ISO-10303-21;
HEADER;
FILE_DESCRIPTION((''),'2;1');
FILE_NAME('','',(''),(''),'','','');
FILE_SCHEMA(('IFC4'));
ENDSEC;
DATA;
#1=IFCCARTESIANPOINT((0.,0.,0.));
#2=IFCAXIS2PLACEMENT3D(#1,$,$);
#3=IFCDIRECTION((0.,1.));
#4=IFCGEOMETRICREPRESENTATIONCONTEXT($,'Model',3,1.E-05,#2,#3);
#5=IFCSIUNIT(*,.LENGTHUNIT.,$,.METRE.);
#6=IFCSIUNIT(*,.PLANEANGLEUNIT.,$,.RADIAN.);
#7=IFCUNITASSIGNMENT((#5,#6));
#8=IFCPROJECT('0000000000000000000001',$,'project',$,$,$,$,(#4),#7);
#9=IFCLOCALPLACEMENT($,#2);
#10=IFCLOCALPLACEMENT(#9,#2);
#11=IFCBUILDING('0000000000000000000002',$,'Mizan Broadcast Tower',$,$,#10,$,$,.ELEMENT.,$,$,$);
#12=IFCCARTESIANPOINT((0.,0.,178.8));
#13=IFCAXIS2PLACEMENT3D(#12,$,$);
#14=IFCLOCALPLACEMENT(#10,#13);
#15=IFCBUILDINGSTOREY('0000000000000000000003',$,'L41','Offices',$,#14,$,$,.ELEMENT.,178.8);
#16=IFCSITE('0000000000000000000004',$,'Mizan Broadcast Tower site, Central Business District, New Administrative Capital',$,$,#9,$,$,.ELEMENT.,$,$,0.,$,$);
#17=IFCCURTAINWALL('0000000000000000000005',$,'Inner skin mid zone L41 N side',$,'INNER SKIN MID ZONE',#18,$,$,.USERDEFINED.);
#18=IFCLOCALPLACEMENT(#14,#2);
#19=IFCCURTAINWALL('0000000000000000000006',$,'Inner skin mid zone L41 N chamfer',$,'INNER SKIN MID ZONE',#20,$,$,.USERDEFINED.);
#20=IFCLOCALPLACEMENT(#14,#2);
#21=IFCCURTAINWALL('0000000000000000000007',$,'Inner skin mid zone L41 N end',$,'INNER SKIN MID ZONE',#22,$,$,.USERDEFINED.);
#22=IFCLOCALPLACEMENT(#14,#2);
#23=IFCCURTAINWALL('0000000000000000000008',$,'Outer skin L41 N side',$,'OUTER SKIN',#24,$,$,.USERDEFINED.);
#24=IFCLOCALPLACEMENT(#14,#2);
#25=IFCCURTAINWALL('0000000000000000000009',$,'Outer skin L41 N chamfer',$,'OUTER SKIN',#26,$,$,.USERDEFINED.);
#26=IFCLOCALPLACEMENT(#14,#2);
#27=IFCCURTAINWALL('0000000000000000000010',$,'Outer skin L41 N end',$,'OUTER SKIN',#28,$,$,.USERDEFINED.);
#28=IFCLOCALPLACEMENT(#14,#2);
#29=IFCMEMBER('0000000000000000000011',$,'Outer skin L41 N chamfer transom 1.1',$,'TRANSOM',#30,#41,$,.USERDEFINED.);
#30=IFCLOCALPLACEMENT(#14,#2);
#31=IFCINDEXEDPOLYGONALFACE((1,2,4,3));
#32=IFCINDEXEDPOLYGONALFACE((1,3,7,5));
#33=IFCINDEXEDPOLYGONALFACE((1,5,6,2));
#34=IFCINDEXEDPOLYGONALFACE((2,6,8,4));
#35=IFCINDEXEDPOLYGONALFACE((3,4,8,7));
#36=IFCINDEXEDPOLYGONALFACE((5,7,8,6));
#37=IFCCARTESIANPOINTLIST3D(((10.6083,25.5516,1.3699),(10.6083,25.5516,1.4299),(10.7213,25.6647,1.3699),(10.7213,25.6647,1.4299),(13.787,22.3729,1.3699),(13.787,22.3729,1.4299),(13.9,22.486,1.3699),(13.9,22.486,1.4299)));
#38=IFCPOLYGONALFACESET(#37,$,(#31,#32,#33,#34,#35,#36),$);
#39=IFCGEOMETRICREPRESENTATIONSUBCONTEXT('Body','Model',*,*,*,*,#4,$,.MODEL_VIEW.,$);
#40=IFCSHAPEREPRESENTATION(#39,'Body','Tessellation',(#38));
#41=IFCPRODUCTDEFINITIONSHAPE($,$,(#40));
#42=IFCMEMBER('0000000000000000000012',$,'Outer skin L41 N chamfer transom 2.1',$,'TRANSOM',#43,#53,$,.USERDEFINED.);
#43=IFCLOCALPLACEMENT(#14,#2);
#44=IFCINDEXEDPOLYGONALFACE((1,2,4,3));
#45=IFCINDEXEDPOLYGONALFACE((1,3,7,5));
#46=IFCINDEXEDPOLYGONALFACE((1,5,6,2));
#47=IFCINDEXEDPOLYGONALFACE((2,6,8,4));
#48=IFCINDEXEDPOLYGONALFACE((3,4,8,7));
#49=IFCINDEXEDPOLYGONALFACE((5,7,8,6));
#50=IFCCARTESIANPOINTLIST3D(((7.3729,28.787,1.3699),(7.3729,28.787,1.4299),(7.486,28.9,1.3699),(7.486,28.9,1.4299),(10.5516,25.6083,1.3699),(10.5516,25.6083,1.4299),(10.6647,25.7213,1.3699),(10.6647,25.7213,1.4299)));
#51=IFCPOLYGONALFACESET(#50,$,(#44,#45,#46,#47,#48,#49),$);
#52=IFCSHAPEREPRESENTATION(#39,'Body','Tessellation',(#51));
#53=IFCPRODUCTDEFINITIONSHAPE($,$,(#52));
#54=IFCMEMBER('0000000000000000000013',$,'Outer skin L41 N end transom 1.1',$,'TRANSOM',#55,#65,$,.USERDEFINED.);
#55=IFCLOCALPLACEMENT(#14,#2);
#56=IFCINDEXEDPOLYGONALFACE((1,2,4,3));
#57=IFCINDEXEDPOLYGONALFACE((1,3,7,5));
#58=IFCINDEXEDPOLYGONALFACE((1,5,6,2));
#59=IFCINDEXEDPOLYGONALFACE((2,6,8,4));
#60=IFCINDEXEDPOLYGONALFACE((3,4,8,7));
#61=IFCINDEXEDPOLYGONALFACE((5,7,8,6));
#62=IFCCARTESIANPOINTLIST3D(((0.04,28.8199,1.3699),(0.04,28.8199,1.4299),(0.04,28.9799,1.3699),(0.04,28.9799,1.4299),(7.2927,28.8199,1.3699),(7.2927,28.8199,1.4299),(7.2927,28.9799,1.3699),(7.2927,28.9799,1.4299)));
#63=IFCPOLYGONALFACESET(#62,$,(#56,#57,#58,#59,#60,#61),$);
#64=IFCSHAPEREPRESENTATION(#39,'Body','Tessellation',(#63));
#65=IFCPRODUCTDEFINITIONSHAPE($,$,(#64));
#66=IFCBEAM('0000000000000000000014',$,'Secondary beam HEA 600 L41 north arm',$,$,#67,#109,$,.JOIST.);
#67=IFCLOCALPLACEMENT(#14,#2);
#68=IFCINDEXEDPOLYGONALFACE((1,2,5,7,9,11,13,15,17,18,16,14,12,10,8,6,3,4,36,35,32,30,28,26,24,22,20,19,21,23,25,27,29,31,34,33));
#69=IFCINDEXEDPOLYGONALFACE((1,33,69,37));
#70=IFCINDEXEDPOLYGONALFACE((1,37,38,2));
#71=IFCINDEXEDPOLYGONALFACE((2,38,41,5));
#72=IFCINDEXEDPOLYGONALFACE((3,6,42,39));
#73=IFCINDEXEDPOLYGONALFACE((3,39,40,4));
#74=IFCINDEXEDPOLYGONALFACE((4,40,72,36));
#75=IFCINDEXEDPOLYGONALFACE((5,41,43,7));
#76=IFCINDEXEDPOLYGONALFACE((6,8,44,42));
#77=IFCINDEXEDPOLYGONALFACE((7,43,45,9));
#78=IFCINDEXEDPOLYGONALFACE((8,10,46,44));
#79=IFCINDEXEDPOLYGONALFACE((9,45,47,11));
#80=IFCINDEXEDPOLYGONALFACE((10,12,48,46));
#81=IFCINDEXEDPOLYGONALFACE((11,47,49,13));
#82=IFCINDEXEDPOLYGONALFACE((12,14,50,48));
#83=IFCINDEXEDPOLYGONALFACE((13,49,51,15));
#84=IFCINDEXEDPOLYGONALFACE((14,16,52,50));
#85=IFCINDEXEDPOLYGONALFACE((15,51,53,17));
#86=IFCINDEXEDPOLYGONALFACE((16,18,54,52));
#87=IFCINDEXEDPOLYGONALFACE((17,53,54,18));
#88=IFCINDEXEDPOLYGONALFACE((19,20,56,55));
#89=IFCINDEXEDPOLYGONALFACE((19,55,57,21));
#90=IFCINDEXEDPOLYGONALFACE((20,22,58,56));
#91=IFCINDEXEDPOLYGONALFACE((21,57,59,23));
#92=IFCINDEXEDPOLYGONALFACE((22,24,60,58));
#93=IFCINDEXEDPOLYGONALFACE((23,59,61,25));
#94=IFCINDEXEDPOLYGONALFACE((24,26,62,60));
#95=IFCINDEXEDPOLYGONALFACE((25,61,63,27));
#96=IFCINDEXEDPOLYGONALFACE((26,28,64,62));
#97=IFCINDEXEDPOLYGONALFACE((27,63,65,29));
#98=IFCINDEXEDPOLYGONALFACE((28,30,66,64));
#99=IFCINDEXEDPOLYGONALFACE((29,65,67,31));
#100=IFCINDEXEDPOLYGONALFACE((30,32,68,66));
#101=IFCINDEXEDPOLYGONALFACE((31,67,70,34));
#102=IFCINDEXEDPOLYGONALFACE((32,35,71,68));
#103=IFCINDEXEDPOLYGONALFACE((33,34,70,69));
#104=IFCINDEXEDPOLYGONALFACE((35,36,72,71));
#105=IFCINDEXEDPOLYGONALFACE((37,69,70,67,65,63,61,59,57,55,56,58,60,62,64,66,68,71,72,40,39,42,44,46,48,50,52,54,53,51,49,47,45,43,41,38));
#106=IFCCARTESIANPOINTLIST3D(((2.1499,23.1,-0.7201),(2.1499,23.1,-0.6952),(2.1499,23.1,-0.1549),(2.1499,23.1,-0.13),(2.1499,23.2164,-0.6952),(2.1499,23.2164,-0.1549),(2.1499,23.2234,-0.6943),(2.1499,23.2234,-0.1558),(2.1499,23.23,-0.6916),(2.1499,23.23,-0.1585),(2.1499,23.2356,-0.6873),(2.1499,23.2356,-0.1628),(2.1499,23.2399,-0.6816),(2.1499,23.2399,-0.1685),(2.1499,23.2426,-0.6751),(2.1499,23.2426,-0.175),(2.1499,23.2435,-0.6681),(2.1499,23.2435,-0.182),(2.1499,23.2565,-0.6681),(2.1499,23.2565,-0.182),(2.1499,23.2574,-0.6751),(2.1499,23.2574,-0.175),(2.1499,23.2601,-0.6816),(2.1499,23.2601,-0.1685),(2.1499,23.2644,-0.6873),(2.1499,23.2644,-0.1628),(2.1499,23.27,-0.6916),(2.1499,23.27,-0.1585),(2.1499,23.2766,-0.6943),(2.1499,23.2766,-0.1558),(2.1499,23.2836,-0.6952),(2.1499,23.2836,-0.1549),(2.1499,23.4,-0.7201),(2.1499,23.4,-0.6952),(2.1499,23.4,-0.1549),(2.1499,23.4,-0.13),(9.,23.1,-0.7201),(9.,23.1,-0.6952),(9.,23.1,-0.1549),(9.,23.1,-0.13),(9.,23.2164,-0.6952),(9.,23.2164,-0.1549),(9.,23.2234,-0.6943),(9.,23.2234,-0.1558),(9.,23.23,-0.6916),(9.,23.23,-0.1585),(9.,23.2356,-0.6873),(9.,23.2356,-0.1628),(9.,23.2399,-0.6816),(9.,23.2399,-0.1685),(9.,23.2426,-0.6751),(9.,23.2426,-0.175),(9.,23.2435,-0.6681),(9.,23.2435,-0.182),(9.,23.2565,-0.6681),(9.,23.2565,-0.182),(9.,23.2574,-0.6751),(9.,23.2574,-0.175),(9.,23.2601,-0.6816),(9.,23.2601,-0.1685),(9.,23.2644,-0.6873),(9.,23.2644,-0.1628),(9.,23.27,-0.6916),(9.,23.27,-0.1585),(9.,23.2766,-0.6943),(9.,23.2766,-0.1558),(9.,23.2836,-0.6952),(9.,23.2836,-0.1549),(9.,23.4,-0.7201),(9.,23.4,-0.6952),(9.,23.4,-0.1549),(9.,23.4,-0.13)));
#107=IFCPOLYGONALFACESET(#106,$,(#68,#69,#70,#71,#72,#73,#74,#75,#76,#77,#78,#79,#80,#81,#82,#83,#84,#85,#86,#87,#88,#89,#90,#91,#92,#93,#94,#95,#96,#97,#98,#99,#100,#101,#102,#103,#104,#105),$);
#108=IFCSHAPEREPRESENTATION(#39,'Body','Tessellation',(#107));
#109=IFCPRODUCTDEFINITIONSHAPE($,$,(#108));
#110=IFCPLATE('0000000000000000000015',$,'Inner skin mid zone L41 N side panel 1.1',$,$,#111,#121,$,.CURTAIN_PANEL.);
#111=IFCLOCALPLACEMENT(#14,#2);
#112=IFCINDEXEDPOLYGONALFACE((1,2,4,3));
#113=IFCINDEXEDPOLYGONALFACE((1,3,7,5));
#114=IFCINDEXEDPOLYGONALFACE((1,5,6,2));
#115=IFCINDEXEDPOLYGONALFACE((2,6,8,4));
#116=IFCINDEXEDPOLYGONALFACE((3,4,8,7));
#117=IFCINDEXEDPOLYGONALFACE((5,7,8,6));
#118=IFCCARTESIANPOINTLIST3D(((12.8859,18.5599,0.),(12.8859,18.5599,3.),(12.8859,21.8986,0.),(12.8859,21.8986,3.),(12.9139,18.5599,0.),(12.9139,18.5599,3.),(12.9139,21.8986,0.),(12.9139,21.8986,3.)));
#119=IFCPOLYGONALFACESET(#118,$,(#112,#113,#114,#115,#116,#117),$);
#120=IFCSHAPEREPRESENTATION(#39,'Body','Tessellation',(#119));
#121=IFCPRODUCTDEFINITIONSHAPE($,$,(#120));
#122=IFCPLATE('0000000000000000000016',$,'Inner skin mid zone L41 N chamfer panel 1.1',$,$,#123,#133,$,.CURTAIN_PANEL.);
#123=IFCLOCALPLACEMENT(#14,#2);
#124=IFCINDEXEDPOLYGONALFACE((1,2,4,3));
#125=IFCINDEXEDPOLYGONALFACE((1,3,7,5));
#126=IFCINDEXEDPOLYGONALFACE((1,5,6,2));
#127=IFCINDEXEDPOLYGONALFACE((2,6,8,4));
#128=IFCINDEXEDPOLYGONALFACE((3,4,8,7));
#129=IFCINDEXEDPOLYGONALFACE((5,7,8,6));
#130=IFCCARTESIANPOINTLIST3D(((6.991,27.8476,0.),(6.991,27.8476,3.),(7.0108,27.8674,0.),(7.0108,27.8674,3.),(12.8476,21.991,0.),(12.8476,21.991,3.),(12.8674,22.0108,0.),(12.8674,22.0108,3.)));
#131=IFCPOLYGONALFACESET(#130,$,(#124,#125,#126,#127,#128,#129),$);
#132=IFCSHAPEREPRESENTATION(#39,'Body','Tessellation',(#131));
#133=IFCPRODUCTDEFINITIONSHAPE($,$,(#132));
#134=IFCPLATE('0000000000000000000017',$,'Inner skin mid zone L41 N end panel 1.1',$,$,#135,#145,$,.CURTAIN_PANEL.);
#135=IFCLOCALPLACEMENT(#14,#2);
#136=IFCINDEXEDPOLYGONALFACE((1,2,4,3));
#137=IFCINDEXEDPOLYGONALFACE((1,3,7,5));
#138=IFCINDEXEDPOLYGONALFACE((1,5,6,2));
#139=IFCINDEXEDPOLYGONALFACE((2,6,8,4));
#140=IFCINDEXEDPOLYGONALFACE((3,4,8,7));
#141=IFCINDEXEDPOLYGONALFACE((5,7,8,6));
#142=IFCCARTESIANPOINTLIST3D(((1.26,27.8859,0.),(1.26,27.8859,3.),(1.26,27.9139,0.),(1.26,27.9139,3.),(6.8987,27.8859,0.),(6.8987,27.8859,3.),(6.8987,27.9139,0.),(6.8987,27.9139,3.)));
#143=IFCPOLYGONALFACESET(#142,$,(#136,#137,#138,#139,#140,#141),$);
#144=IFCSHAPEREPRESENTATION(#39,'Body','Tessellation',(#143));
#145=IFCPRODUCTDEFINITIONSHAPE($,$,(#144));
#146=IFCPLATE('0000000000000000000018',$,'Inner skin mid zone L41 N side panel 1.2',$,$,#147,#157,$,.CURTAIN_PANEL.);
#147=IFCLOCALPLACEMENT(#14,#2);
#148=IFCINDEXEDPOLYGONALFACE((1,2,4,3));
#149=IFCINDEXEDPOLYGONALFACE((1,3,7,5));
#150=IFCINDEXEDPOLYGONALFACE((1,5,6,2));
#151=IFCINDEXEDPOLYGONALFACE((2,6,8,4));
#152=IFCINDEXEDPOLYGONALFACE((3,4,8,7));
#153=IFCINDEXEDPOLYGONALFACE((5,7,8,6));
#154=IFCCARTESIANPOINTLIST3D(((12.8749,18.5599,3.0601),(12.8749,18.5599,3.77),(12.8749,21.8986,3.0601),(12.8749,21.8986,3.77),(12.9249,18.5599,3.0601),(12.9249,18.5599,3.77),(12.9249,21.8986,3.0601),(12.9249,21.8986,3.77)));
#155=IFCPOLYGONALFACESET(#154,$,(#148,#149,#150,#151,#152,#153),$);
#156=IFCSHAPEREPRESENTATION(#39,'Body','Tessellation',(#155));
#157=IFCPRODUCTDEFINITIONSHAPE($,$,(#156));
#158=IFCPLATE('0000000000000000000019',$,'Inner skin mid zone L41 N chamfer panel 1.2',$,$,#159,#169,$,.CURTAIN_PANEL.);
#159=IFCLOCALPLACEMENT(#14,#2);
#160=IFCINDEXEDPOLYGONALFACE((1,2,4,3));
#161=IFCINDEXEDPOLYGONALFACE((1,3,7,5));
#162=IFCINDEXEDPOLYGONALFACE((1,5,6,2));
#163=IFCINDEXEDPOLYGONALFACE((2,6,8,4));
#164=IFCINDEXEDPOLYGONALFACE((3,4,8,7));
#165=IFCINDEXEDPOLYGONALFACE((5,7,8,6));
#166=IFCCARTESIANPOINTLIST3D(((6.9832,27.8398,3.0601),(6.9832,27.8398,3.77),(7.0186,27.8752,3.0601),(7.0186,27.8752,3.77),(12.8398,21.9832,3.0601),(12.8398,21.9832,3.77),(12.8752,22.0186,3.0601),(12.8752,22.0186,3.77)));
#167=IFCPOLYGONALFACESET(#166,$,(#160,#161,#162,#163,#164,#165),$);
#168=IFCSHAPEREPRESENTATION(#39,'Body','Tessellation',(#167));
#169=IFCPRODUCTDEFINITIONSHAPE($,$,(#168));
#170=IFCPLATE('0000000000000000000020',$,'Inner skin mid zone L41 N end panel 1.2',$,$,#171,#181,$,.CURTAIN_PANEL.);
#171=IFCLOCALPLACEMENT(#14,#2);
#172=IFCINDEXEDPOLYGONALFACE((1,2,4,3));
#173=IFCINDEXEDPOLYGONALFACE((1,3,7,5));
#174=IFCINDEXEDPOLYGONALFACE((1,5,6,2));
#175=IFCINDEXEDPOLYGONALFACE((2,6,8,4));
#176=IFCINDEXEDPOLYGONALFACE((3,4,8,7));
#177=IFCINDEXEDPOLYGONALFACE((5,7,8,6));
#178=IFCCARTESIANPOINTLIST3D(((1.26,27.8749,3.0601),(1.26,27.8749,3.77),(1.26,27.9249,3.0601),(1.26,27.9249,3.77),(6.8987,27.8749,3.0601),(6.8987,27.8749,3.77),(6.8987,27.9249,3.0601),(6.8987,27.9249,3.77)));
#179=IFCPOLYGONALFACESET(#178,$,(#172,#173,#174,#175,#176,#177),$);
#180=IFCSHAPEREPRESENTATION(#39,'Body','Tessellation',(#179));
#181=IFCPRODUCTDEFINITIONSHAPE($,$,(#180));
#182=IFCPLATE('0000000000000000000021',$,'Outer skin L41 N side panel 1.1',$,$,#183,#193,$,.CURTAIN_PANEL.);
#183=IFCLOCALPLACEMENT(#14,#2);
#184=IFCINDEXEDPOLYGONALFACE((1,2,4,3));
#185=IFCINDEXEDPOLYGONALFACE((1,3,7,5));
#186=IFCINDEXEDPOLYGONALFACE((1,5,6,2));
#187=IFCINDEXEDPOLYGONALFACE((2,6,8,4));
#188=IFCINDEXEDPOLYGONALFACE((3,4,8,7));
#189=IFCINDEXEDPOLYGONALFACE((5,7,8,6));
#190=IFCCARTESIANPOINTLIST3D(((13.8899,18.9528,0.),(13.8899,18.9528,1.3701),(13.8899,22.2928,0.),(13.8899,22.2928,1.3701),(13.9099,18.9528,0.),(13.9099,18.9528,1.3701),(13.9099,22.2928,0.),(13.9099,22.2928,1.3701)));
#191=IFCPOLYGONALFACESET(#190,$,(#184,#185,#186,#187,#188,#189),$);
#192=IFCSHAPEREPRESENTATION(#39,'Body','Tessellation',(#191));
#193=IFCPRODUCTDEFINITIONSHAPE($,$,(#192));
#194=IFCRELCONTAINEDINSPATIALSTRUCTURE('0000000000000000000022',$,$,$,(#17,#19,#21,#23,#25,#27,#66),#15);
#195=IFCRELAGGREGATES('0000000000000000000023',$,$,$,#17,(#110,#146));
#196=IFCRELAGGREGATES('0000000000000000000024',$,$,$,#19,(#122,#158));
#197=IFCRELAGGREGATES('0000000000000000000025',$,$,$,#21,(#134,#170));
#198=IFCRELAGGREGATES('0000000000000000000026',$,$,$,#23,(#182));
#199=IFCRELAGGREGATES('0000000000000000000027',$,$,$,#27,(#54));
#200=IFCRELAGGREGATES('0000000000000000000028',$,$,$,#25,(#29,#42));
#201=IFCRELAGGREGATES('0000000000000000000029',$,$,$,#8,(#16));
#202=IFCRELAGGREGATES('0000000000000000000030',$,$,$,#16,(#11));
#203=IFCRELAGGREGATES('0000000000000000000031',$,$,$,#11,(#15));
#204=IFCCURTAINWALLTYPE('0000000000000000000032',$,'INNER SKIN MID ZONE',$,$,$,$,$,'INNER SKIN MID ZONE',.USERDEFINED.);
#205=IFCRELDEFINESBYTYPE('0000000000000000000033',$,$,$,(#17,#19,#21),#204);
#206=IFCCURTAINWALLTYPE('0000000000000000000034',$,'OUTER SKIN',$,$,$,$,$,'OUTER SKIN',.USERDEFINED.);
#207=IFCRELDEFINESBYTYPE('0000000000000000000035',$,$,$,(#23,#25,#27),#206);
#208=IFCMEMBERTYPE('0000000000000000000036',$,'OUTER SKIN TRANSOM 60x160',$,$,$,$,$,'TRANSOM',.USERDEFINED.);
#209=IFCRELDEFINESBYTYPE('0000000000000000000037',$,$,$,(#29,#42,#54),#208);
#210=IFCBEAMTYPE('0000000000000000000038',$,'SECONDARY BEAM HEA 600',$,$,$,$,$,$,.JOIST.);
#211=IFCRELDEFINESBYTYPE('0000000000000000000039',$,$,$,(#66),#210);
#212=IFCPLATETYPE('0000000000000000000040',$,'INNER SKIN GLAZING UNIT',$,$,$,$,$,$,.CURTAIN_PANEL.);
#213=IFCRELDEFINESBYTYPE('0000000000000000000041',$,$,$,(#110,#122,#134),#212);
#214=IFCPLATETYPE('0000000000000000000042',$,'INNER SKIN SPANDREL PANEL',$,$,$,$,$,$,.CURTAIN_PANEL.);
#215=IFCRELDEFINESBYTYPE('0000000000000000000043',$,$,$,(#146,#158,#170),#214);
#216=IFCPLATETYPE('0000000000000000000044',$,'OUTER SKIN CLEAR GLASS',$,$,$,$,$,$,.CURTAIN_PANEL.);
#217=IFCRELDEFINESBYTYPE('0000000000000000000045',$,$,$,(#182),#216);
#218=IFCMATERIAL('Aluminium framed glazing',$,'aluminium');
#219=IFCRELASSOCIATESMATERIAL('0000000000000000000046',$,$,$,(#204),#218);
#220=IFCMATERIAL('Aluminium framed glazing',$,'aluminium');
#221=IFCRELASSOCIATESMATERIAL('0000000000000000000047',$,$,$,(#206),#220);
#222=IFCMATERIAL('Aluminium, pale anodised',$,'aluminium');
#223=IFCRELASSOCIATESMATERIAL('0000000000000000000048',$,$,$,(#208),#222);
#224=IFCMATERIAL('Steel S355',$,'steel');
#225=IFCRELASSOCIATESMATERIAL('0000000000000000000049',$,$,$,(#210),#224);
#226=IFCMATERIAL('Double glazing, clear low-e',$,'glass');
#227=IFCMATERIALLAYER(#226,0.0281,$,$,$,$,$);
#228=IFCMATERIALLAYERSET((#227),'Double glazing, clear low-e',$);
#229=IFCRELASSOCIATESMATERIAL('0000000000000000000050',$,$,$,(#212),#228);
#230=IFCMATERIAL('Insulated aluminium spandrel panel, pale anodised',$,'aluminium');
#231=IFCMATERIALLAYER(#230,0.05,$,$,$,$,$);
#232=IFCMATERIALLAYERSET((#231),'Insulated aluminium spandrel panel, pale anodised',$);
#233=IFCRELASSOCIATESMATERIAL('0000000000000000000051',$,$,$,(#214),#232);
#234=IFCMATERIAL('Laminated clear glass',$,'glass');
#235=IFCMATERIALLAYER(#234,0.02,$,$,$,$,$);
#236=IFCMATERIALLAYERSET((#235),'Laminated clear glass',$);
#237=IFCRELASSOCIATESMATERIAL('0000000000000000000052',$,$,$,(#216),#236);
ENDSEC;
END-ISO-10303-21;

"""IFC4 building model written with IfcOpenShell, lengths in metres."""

from ifc_helpers import new_model, si_unit, direction, frame, origin, origin_2d, place, context, subcontext, project, spatial, rectangle, i_section, extrude, material, layer, layer_set, material_profile, profile_set, type_object, element, aggregate, save


model = new_model("IFC4")

# Units and contexts
model_context = context("Model", 3, precision=1e-05, world=origin(), true_north=direction((0.0, 1.0)))
body_context = subcontext(model_context, "Body", "Model", "MODEL_VIEW")
ifc_project = project(units=[si_unit("LENGTHUNIT", "METRE"), si_unit("PLANEANGLEUNIT", "RADIAN")], contexts=[model_context])

# Site, building, storey
site_placement = place(None, origin())
site = spatial("IfcSite", under=ifc_project, at=site_placement, Name="Mizan Broadcast Tower site, Central Business District, New Administrative Capital", CompositionType="ELEMENT", RefElevation=0.0)
building_placement = place(site_placement, origin())
building = spatial("IfcBuilding", under=site, at=building_placement, Name="Mizan Broadcast Tower", CompositionType="ELEMENT")
storey_placement = place(building_placement, frame((0.0, 0.0, 178.8)))
storey = spatial("IfcBuildingStorey", under=building, at=storey_placement, Name="L41", Description="Offices", CompositionType="ELEMENT", Elevation=178.8)

# Curtain walls
ifc_material_1 = material(Name="Aluminium framed glazing", Category="aluminium")
curtain_wall_type_1 = type_object("IfcCurtainWallType", Name="INNER SKIN MID ZONE", ElementType="INNER SKIN MID ZONE", PredefinedType="USERDEFINED", material=ifc_material_1)
curtain_wall_1_placement = place(storey_placement, origin())
curtain_wall_1 = element("IfcCurtainWall", 1, at=curtain_wall_1_placement, inside=storey, type_object=curtain_wall_type_1, Name="Inner skin mid zone L41 N side", ObjectType="INNER SKIN MID ZONE", PredefinedType="USERDEFINED")
curtain_wall_2_placement = place(storey_placement, origin())
curtain_wall_2 = element("IfcCurtainWall", 2, at=curtain_wall_2_placement, inside=storey, type_object=curtain_wall_type_1, Name="Inner skin mid zone L41 N chamfer", ObjectType="INNER SKIN MID ZONE", PredefinedType="USERDEFINED")
curtain_wall_3_placement = place(storey_placement, origin())
curtain_wall_3 = element("IfcCurtainWall", 3, at=curtain_wall_3_placement, inside=storey, type_object=curtain_wall_type_1, Name="Inner skin mid zone L41 N end", ObjectType="INNER SKIN MID ZONE", PredefinedType="USERDEFINED")

# Curtain wall
ifc_material_2 = material(Name="Aluminium framed glazing", Category="aluminium")
curtain_wall_type_2 = type_object("IfcCurtainWallType", Name="OUTER SKIN", ElementType="OUTER SKIN", PredefinedType="USERDEFINED", material=ifc_material_2)
curtain_wall_4_placement = place(storey_placement, origin())
curtain_wall_4 = element("IfcCurtainWall", 4, at=curtain_wall_4_placement, inside=storey, type_object=curtain_wall_type_2, Name="Outer skin L41 N side", ObjectType="OUTER SKIN", PredefinedType="USERDEFINED")

# Curtain wall
curtain_wall_5_placement = place(storey_placement, origin())
curtain_wall_5 = element("IfcCurtainWall", 5, at=curtain_wall_5_placement, inside=storey, type_object=curtain_wall_type_2, Name="Outer skin L41 N chamfer", ObjectType="OUTER SKIN", PredefinedType="USERDEFINED")

# Curtain wall
curtain_wall_6_placement = place(storey_placement, origin())
curtain_wall_6 = element("IfcCurtainWall", 6, at=curtain_wall_6_placement, inside=storey, type_object=curtain_wall_type_2, Name="Outer skin L41 N end", ObjectType="OUTER SKIN", PredefinedType="USERDEFINED")

# Members
ifc_material_3 = material(Name="Aluminium, pale anodised", Category="aluminium")
ifc_material_profile_1 = material_profile(ifc_material_3, rectangle(XDim=0.1599, YDim=0.0601, at=origin_2d()), Name="TRANSOM 160x60")
ifc_profile_set_1 = profile_set([ifc_material_profile_1], Name="Aluminium, pale anodised")
member_type_1 = type_object("IfcMemberType", Name="OUTER SKIN TRANSOM 60x160", ElementType="TRANSOM", PredefinedType="USERDEFINED", material=ifc_profile_set_1)
member_1_placement = place(storey_placement, frame((13.8435, 22.4294, 1.3999), z_axis=(-0.707107, 0.707107, 0.0), x_axis=(-0.707107, -0.707107, 0.0)))
member_1 = element("IfcMember", 7, at=member_1_placement, type_object=member_type_1, Name="Outer skin L41 N chamfer transom 1.1", ObjectType="TRANSOM", PredefinedType="USERDEFINED", context=body_context, shape_type="SweptSolid", body=[
    extrude(rectangle(XDim=0.1599, YDim=0.0601, at=origin_2d()), origin(), (0.0, 0.0, 1.0), 4.4954),
])
member_2_placement = place(storey_placement, frame((10.6082, 25.6648, 1.3999), z_axis=(-0.707107, 0.707107, 0.0), x_axis=(-0.707107, -0.707107, 0.0)))
member_2 = element("IfcMember", 8, at=member_2_placement, type_object=member_type_1, Name="Outer skin L41 N chamfer transom 2.1", ObjectType="TRANSOM", PredefinedType="USERDEFINED", context=body_context, shape_type="SweptSolid", body=[
    extrude(rectangle(XDim=0.1599, YDim=0.0601, at=origin_2d()), origin(), (0.0, 0.0, 1.0), 4.4954),
])
member_3_placement = place(storey_placement, frame((7.2927, 28.8999, 1.3999), z_axis=(-1.0, 0.0, 0.0), x_axis=(0.0, -1.0, 0.0)))
member_3 = element("IfcMember", 9, at=member_3_placement, type_object=member_type_1, Name="Outer skin L41 N end transom 1.1", ObjectType="TRANSOM", PredefinedType="USERDEFINED", context=body_context, shape_type="SweptSolid", body=[
    extrude(rectangle(XDim=0.1599, YDim=0.0601, at=origin_2d()), origin(), (0.0, 0.0, 1.0), 7.2527),
])

# Beam
ifc_material_4 = material(Name="Steel S355", Category="steel")
ifc_material_profile_2 = material_profile(ifc_material_4, i_section(OverallWidth=0.3, OverallDepth=0.5901, WebThickness=0.0129, FlangeThickness=0.0249, FilletRadius=0.0271, at=origin_2d()), Name="HEA 600")
ifc_profile_set_2 = profile_set([ifc_material_profile_2], Name="Steel S355")
beam_type_1 = type_object("IfcBeamType", Name="SECONDARY BEAM HEA 600", PredefinedType="JOIST", material=ifc_profile_set_2)
beam_1_placement = place(storey_placement, frame((9.0, 23.25, -0.425), z_axis=(-1.0, 0.0, 0.0), x_axis=(0.0, -1.0, 0.0)))
element("IfcBeam", 10, at=beam_1_placement, inside=storey, type_object=beam_type_1, Name="Secondary beam HEA 600 L41 north arm", PredefinedType="JOIST", context=body_context, shape_type="SweptSolid", body=[
    extrude(i_section(OverallWidth=0.3, OverallDepth=0.5901, WebThickness=0.0129, FlangeThickness=0.0249, FilletRadius=0.0271, at=origin_2d()), origin(), (0.0, 0.0, 1.0), 6.8501),
])

# Plates
ifc_material_5 = material(Name="Double glazing, clear low-e", Category="glass")
ifc_layer_1 = layer(ifc_material_5, 0.0281)
ifc_layer_set_1 = layer_set([ifc_layer_1], Name="Double glazing, clear low-e")
plate_type_1 = type_object("IfcPlateType", Name="INNER SKIN GLAZING UNIT", PredefinedType="CURTAIN_PANEL", material=ifc_layer_set_1)
plate_1_placement = place(storey_placement, frame((12.8999, 20.2292, 0.0), z_axis=(0.0, 0.0, 1.0), x_axis=(0.0, 1.0, 0.0)))
plate_1 = element("IfcPlate", 11, at=plate_1_placement, type_object=plate_type_1, Name="Inner skin mid zone L41 N side panel 1.1", PredefinedType="CURTAIN_PANEL", context=body_context, shape_type="SweptSolid", body=[
    extrude(rectangle(XDim=3.3386, YDim=0.0281, at=origin_2d()), origin(), (0.0, 0.0, 1.0), 3.0),
])
plate_2_placement = place(storey_placement, frame((9.9292, 24.9292, 0.0), z_axis=(0.0, 0.0, 1.0), x_axis=(-0.707107, 0.707107, 0.0)))
plate_2 = element("IfcPlate", 12, at=plate_2_placement, type_object=plate_type_1, Name="Inner skin mid zone L41 N chamfer panel 1.1", PredefinedType="CURTAIN_PANEL", context=body_context, shape_type="SweptSolid", body=[
    extrude(rectangle(XDim=8.2825, YDim=0.0281, at=origin_2d()), origin(), (0.0, 0.0, 1.0), 3.0),
])
plate_3_placement = place(storey_placement, frame((4.0793, 27.8999, 0.0), z_axis=(0.0, 0.0, 1.0), x_axis=(-1.0, 0.0, 0.0)))
plate_3 = element("IfcPlate", 13, at=plate_3_placement, type_object=plate_type_1, Name="Inner skin mid zone L41 N end panel 1.1", PredefinedType="CURTAIN_PANEL", context=body_context, shape_type="SweptSolid", body=[
    extrude(rectangle(XDim=5.6387, YDim=0.0281, at=origin_2d()), origin(), (0.0, 0.0, 1.0), 3.0),
])
ifc_material_6 = material(Name="Insulated aluminium spandrel panel, pale anodised", Category="aluminium")
ifc_layer_2 = layer(ifc_material_6, 0.05)
ifc_layer_set_2 = layer_set([ifc_layer_2], Name="Insulated aluminium spandrel panel, pale anodised")
plate_type_2 = type_object("IfcPlateType", Name="INNER SKIN SPANDREL PANEL", PredefinedType="CURTAIN_PANEL", material=ifc_layer_set_2)
plate_4_placement = place(storey_placement, frame((12.8999, 20.2292, 3.0601), z_axis=(0.0, 0.0, 1.0), x_axis=(0.0, 1.0, 0.0)))
plate_4 = element("IfcPlate", 14, at=plate_4_placement, type_object=plate_type_2, Name="Inner skin mid zone L41 N side panel 1.2", PredefinedType="CURTAIN_PANEL", context=body_context, shape_type="SweptSolid", body=[
    extrude(rectangle(XDim=3.3386, YDim=0.05, at=origin_2d()), origin(), (0.0, 0.0, 1.0), 0.71),
])
aggregate(curtain_wall_1, [plate_1, plate_4])
plate_5_placement = place(storey_placement, frame((9.9292, 24.9292, 3.0601), z_axis=(0.0, 0.0, 1.0), x_axis=(-0.707107, 0.707107, 0.0)))
plate_5 = element("IfcPlate", 15, at=plate_5_placement, type_object=plate_type_2, Name="Inner skin mid zone L41 N chamfer panel 1.2", PredefinedType="CURTAIN_PANEL", context=body_context, shape_type="SweptSolid", body=[
    extrude(rectangle(XDim=8.2825, YDim=0.05, at=origin_2d()), origin(), (0.0, 0.0, 1.0), 0.71),
])
aggregate(curtain_wall_2, [plate_2, plate_5])
plate_6_placement = place(storey_placement, frame((4.0793, 27.8999, 3.0601), z_axis=(0.0, 0.0, 1.0), x_axis=(-1.0, 0.0, 0.0)))
plate_6 = element("IfcPlate", 16, at=plate_6_placement, type_object=plate_type_2, Name="Inner skin mid zone L41 N end panel 1.2", PredefinedType="CURTAIN_PANEL", context=body_context, shape_type="SweptSolid", body=[
    extrude(rectangle(XDim=5.6387, YDim=0.05, at=origin_2d()), origin(), (0.0, 0.0, 1.0), 0.71),
])
aggregate(curtain_wall_3, [plate_3, plate_6])
ifc_material_7 = material(Name="Laminated clear glass", Category="glass")
ifc_layer_3 = layer(ifc_material_7, 0.02)
ifc_layer_set_3 = layer_set([ifc_layer_3], Name="Laminated clear glass")
plate_type_3 = type_object("IfcPlateType", Name="OUTER SKIN CLEAR GLASS", PredefinedType="CURTAIN_PANEL", material=ifc_layer_set_3)
plate_7_placement = place(storey_placement, frame((13.8999, 20.6228, 0.0), z_axis=(0.0, 0.0, 1.0), x_axis=(0.0, 1.0, 0.0)))
plate_7 = element("IfcPlate", 17, at=plate_7_placement, type_object=plate_type_3, Name="Outer skin L41 N side panel 1.1", PredefinedType="CURTAIN_PANEL", context=body_context, shape_type="SweptSolid", body=[
    extrude(rectangle(XDim=3.3401, YDim=0.02, at=origin_2d()), origin(), (0.0, 0.0, 1.0), 1.3701),
])
aggregate(curtain_wall_4, [plate_7])
aggregate(curtain_wall_6, [member_3])
aggregate(curtain_wall_5, [member_1, member_2])

save(model, "model.ifc")
